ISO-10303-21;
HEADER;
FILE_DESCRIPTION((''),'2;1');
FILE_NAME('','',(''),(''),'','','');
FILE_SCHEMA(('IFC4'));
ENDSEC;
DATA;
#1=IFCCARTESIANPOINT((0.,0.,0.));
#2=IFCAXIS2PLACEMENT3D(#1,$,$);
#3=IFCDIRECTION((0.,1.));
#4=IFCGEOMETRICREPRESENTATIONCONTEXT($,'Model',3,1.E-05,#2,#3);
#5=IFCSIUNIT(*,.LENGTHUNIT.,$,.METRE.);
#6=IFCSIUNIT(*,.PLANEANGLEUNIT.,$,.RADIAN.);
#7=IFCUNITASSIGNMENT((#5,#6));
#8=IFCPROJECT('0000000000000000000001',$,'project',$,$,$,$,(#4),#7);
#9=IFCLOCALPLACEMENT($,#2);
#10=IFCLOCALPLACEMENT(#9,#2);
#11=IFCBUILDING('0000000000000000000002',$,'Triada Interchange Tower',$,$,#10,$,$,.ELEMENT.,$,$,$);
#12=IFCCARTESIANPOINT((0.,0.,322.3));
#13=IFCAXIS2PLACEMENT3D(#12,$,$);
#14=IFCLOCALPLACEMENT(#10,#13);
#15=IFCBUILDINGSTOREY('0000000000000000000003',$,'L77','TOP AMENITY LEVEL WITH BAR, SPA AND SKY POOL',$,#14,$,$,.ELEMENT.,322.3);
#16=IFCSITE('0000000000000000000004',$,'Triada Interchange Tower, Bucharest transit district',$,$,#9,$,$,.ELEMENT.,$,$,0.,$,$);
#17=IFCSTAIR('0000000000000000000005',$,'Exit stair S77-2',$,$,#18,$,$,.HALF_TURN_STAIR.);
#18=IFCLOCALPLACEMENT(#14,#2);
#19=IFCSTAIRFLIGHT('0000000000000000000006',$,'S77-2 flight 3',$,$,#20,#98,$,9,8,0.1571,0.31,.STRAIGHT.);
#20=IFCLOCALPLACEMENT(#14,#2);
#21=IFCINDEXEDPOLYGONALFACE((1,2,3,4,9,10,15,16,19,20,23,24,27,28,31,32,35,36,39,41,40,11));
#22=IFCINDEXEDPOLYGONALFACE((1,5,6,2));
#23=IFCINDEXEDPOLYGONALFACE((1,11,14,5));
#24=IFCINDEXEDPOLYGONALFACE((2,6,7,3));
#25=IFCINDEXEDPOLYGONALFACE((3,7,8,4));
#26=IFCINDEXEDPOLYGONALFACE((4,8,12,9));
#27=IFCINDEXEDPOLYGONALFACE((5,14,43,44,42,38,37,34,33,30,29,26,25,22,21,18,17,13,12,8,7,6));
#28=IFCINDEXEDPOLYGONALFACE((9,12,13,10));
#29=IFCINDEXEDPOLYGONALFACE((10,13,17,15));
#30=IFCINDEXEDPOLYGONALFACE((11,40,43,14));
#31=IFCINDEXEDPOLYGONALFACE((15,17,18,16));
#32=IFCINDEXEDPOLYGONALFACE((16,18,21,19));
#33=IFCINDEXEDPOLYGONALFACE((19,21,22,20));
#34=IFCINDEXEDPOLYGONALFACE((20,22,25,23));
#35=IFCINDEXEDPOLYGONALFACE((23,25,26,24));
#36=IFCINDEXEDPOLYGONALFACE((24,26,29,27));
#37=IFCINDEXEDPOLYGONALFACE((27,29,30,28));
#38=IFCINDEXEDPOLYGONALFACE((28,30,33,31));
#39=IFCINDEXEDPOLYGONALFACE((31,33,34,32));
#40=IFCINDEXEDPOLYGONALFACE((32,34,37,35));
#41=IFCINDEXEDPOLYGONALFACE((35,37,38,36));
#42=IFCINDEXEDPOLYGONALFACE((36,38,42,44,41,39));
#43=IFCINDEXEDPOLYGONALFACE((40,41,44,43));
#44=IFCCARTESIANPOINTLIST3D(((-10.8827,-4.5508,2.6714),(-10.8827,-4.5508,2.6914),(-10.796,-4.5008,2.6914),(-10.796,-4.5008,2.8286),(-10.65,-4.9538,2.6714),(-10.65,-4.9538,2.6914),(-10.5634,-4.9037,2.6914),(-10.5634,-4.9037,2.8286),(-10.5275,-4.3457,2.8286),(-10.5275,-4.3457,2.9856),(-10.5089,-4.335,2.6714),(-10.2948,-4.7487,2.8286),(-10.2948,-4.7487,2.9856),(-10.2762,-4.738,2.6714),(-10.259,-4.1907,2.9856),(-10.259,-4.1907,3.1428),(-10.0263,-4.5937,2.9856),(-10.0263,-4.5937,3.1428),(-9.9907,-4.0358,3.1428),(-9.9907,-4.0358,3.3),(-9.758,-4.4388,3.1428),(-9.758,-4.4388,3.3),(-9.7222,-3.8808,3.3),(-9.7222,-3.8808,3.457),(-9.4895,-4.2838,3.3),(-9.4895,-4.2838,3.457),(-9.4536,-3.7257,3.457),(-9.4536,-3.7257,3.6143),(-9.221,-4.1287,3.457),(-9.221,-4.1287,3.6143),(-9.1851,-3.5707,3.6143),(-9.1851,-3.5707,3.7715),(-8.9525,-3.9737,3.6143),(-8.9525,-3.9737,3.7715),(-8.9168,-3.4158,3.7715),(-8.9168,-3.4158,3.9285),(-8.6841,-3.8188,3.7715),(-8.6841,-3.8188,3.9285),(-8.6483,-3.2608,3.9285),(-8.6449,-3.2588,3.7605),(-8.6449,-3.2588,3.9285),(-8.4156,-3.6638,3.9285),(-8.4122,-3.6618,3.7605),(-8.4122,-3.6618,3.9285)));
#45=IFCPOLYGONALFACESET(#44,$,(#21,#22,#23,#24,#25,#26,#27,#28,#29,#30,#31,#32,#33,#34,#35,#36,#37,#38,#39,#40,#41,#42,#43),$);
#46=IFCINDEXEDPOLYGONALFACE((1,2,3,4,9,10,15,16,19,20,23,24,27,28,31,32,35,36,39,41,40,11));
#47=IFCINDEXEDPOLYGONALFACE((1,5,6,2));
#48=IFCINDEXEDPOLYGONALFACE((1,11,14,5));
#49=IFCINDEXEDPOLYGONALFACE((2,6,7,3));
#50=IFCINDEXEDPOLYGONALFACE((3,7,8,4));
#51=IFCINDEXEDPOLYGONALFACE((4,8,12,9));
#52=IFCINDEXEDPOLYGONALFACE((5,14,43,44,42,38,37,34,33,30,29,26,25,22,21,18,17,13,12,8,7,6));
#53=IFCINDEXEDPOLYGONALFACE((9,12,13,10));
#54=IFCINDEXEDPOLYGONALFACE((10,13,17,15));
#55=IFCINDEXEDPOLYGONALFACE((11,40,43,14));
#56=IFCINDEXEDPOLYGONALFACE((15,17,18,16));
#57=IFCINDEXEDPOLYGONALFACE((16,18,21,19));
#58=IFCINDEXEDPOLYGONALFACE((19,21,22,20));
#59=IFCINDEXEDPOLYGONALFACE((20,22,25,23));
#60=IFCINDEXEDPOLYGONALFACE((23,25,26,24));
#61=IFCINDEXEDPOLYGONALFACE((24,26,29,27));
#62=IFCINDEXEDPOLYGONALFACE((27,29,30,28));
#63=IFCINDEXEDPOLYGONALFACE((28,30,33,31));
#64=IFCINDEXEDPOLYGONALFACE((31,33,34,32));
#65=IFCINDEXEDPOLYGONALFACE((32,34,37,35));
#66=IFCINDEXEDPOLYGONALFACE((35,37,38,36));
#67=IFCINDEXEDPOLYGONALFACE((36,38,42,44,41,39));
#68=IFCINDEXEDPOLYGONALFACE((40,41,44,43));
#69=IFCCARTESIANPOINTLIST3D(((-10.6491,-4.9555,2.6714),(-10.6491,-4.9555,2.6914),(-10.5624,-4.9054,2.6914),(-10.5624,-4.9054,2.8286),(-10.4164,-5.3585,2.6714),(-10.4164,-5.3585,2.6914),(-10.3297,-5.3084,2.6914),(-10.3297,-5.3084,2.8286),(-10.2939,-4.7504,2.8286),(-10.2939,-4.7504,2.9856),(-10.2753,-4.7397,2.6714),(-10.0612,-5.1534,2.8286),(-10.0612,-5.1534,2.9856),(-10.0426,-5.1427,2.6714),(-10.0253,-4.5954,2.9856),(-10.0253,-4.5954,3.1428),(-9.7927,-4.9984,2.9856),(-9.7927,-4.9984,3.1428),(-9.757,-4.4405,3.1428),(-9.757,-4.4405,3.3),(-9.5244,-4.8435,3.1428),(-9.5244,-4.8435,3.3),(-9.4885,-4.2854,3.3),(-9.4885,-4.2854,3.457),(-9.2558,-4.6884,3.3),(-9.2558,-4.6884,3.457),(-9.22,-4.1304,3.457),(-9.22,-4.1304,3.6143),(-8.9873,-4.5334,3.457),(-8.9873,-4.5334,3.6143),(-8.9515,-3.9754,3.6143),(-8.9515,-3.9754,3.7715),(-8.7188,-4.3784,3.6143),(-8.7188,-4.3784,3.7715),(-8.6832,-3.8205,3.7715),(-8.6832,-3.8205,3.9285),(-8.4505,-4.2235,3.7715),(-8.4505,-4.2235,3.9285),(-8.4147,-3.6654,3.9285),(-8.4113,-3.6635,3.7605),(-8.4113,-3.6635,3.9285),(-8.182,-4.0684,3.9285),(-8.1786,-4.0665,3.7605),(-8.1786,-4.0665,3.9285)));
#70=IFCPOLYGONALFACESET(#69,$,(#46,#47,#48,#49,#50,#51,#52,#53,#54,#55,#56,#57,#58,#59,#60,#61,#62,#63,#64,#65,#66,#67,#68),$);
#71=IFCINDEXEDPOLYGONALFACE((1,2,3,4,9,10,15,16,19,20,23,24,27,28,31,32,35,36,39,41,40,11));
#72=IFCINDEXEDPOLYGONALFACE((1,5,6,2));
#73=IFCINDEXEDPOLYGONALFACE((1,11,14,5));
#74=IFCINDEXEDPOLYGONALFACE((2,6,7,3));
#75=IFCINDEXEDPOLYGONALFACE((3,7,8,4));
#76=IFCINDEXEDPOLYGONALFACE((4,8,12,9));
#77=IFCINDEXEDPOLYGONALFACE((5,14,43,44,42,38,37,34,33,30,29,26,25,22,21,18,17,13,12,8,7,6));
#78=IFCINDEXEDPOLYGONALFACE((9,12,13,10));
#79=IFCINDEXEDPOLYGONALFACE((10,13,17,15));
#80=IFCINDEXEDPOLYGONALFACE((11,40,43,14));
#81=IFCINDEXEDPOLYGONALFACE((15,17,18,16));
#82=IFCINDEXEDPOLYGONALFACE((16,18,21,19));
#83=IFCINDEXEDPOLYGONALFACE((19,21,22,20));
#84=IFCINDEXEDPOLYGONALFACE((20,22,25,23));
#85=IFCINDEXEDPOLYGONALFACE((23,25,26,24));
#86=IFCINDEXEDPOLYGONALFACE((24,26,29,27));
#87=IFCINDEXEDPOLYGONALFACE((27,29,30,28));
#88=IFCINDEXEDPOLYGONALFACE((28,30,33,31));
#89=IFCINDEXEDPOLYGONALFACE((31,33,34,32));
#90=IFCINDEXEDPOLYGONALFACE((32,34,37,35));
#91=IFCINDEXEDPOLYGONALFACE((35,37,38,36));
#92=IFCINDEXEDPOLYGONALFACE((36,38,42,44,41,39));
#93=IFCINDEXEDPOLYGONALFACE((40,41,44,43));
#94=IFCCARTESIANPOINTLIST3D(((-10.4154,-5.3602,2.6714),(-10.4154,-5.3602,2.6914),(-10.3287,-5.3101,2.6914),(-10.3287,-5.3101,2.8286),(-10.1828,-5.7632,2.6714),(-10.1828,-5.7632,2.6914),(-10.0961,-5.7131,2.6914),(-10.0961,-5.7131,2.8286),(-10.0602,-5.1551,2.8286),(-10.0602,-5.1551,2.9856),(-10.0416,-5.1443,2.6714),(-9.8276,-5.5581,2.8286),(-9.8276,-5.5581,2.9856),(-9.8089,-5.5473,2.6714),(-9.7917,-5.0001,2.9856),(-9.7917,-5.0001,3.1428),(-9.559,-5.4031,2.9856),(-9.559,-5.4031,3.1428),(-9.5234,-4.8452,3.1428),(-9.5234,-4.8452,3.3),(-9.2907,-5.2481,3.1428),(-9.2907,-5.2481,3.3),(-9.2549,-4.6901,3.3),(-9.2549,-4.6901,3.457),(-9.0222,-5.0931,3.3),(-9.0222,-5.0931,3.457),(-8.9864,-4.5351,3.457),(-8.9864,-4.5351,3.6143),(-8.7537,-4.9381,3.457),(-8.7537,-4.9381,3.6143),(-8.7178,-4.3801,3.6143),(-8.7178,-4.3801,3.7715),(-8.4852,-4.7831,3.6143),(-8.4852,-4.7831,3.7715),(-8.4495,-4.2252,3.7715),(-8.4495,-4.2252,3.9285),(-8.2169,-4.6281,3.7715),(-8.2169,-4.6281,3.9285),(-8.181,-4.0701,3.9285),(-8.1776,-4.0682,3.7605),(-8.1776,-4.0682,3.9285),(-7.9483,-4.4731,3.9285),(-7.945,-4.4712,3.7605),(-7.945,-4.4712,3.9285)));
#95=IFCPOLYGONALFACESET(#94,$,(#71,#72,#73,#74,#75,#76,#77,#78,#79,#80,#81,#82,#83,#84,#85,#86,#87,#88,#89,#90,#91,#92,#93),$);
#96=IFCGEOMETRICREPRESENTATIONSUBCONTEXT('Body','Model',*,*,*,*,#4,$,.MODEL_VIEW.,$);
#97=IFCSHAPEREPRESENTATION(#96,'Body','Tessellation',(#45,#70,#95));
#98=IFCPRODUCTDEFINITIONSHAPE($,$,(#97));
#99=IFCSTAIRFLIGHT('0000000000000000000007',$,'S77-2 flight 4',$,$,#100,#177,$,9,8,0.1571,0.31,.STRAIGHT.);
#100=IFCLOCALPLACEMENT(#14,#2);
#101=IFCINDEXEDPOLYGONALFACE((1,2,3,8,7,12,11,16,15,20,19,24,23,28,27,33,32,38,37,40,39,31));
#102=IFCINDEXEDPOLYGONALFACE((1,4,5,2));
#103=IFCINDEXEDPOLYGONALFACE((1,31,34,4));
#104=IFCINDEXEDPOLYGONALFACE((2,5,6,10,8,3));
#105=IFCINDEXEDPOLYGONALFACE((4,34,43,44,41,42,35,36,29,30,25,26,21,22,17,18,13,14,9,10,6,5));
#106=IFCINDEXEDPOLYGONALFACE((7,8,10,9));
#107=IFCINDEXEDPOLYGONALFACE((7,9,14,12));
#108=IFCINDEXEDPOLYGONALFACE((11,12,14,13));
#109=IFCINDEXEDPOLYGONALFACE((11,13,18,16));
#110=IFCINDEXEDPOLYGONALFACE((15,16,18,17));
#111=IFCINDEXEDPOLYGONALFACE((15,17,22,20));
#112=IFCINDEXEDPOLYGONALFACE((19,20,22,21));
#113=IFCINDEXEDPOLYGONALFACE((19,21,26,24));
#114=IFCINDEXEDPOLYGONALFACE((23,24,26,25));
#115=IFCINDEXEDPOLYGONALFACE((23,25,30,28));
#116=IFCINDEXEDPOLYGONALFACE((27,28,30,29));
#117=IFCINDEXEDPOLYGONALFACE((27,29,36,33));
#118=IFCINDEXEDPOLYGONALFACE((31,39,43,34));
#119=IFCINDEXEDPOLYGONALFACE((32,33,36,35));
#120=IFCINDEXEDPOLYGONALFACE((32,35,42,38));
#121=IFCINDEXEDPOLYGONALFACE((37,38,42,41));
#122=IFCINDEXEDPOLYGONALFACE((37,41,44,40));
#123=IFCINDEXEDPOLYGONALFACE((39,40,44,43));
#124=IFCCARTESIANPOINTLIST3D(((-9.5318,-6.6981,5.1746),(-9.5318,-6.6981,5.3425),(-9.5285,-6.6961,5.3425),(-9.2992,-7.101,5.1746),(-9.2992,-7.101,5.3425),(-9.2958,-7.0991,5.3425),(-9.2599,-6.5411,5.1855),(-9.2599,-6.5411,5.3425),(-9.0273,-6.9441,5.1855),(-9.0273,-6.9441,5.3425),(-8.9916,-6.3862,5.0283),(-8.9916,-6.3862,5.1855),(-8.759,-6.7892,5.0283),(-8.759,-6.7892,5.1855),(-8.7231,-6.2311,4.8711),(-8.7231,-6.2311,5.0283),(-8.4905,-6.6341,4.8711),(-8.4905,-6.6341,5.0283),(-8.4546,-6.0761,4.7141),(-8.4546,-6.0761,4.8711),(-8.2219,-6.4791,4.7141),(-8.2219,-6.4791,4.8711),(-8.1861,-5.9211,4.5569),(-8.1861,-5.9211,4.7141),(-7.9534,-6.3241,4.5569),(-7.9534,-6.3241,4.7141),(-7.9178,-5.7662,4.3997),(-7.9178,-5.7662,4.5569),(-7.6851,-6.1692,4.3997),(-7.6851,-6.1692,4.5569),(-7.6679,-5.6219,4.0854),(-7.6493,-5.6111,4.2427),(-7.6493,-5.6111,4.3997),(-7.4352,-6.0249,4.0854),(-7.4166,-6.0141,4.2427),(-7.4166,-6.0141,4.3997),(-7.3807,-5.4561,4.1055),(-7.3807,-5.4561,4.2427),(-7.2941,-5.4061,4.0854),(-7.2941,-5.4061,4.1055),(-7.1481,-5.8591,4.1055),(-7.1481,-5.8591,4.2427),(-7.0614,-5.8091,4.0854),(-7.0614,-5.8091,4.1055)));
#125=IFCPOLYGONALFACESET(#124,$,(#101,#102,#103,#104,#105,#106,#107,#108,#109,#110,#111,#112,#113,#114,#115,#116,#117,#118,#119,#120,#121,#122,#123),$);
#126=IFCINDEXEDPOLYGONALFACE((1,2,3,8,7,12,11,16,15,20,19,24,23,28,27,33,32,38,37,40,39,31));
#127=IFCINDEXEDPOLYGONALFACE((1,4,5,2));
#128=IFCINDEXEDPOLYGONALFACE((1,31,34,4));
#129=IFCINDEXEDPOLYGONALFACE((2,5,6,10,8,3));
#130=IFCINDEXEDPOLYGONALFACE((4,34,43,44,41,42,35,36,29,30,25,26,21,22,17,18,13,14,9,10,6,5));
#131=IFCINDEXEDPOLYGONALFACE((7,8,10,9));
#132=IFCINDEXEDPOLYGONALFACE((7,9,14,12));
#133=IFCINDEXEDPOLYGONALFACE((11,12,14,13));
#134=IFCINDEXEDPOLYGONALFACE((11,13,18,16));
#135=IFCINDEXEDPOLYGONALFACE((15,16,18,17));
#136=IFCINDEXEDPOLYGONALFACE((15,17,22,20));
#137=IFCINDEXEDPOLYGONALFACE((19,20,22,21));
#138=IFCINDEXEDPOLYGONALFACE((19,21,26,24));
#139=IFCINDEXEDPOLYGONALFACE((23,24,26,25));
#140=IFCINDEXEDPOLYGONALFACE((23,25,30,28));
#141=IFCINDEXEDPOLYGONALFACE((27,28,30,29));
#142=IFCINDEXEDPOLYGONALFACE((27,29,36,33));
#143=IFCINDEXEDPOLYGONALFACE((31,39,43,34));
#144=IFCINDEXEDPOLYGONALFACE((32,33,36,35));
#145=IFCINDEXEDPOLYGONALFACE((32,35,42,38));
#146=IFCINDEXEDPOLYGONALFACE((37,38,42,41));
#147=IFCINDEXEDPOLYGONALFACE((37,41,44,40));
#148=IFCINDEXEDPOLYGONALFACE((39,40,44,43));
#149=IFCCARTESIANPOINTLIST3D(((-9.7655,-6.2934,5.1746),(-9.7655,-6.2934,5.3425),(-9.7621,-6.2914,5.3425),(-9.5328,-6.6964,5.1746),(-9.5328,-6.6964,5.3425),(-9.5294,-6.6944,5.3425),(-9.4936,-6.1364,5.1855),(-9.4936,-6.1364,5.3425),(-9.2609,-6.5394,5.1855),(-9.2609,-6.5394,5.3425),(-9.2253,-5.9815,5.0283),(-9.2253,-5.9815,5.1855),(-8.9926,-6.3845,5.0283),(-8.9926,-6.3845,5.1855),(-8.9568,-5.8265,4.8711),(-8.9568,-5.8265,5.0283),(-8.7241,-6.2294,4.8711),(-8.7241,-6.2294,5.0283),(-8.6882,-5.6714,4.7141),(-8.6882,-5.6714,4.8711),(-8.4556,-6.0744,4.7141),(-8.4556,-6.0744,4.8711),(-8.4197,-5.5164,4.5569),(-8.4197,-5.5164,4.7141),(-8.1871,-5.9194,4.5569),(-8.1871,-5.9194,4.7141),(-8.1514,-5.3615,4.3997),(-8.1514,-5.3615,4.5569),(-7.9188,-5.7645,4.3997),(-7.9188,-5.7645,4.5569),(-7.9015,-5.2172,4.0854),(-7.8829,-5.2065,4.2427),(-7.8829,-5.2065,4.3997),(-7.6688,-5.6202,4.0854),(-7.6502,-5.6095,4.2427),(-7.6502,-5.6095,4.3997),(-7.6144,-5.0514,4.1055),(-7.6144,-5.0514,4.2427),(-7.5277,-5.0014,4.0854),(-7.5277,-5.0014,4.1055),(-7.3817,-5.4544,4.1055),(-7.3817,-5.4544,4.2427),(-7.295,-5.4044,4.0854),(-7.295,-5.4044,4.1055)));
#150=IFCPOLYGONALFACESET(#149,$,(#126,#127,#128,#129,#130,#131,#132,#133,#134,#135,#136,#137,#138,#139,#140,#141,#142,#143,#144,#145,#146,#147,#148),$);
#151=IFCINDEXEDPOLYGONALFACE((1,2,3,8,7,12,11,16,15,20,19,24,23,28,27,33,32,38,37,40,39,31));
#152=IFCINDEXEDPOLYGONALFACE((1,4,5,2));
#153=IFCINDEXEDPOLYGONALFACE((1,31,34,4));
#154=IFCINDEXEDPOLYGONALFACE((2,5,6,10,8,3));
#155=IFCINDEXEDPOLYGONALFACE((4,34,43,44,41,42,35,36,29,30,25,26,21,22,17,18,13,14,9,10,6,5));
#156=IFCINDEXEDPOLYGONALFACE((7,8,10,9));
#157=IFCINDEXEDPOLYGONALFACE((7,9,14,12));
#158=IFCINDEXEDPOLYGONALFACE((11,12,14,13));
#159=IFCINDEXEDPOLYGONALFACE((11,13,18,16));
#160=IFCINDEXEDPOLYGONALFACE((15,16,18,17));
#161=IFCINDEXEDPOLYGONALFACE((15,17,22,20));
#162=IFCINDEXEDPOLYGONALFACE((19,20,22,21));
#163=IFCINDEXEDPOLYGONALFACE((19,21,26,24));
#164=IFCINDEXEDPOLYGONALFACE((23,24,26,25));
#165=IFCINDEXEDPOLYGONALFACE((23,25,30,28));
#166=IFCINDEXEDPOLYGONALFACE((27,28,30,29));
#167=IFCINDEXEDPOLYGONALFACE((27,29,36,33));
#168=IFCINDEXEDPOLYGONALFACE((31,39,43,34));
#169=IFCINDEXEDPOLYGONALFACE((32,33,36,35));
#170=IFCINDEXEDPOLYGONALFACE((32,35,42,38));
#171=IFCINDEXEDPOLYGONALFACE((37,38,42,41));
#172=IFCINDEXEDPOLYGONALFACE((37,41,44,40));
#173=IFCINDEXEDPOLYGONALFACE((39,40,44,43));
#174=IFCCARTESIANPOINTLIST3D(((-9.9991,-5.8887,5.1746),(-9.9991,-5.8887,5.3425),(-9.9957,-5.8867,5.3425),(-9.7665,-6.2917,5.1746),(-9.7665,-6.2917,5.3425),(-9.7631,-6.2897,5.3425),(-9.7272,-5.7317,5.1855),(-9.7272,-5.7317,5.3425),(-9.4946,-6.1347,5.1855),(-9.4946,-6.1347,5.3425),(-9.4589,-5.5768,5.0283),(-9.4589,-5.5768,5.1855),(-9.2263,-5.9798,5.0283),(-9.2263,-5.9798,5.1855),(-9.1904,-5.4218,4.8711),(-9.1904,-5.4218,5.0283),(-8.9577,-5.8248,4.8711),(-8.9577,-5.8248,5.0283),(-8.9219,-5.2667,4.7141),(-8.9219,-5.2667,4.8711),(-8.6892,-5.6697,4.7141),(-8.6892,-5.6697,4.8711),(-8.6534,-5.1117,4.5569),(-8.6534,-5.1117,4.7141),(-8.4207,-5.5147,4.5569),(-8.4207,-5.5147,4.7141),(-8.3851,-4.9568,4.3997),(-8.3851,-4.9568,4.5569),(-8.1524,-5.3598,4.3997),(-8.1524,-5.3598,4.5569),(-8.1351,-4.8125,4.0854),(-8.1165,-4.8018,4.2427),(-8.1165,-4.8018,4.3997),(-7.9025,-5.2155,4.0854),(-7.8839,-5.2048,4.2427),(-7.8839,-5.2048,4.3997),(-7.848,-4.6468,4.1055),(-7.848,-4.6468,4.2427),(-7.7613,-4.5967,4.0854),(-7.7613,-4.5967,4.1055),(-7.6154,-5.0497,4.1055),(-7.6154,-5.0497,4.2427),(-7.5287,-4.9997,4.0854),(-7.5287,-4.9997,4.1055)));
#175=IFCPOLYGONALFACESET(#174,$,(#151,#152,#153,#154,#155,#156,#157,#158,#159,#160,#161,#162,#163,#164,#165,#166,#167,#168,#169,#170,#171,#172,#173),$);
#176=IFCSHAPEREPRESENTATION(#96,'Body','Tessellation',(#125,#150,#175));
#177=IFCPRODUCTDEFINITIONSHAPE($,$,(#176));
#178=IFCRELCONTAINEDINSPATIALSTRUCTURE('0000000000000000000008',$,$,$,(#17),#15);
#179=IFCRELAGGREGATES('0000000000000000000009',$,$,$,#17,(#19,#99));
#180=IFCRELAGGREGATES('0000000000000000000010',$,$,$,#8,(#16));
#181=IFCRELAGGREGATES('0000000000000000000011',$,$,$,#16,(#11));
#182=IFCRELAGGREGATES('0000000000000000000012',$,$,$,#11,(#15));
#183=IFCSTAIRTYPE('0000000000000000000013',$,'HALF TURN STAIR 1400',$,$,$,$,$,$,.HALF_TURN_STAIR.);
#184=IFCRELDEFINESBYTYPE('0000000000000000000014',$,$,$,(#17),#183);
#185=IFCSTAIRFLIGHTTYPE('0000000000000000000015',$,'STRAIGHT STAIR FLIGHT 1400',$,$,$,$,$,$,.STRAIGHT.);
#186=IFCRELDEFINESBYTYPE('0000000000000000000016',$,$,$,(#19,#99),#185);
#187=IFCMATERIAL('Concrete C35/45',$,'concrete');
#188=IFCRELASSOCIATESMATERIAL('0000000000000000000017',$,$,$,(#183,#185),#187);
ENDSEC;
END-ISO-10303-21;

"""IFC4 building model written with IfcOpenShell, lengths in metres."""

from ifc_helpers import new_model, si_unit, direction, frame, origin, place, context, subcontext, project, spatial, polyline, outline, extrude, material, type_object, element, aggregate, save


model = new_model("IFC4")

# Units and contexts
model_context = context("Model", 3, precision=1e-05, world=origin(), true_north=direction((0.0, 1.0)))
body_context = subcontext(model_context, "Body", "Model", "MODEL_VIEW")
ifc_project = project(units=[si_unit("LENGTHUNIT", "METRE"), si_unit("PLANEANGLEUNIT", "RADIAN")], contexts=[model_context])

# Site, building, storey
site_placement = place(None, origin())
site = spatial("IfcSite", under=ifc_project, at=site_placement, Name="Triada Interchange Tower, Bucharest transit district", CompositionType="ELEMENT", RefElevation=0.0)
building_placement = place(site_placement, origin())
building = spatial("IfcBuilding", under=site, at=building_placement, Name="Triada Interchange Tower", CompositionType="ELEMENT")
storey_placement = place(building_placement, frame((0.0, 0.0, 322.3)))
storey = spatial("IfcBuildingStorey", under=building, at=storey_placement, Name="L77", Description="TOP AMENITY LEVEL WITH BAR, SPA AND SKY POOL", CompositionType="ELEMENT", Elevation=322.3)

# Shared definitions
ifc_material_1 = material(Name="Concrete C35/45", Category="concrete")

# Stair, stair flights
stair_type = type_object("IfcStairType", Name="HALF TURN STAIR 1400", PredefinedType="HALF_TURN_STAIR", material=ifc_material_1)
stair_placement = place(storey_placement, origin())
stair = element("IfcStair", 1, at=stair_placement, inside=storey, type_object=stair_type, Name="Exit stair S77-2", PredefinedType="HALF_TURN_STAIR")
stair_flight_type = type_object("IfcStairFlightType", Name="STRAIGHT STAIR FLIGHT 1400", PredefinedType="STRAIGHT", material=ifc_material_1)
stair_flight_1_placement = place(storey_placement, frame((-10.446, -5.1069, 2.6714), z_axis=(0.0, 0.0, 1.0), x_axis=(0.866025, 0.5, 0.0)))
stair_flight_1 = element("IfcStairFlight", 2, at=stair_flight_1_placement, type_object=stair_flight_type, Name="S77-2 flight 3", NumberOfRisers=9, NumberOfTreads=8, PredefinedType="STRAIGHT", RiserHeight=0.1571, TreadLength=0.31, context=body_context, shape_type="SweptSolid", body=[
    extrude(outline(polyline([(-0.1001, 0.0), (-0.1001, 0.02), (0.0, 0.02), (0.0, 0.1572), (0.3101, 0.1572), (0.3101, 0.3142), (0.6201, 0.3142), (0.6201, 0.4714), (0.9299, 0.4714), (0.9299, 0.6287), (1.24, 0.6287), (1.24, 0.7856), (1.55, 0.7856), (1.55, 0.9429), (1.8601, 0.9429), (1.8601, 1.1001), (2.1699, 1.1001), (2.1699, 1.2571), (2.48, 1.2571), (2.4839, 1.2571), (2.4839, 1.4143), (2.4839, 1.0891), (0.3315, 0.0), (-0.1001, 0.0)])), frame((0.0, 0.7, 0.0), z_axis=(0.0, -1.0, 0.0), x_axis=(1.0, 0.0, 0.0)), (0.0, 0.0, 1.0), 0.4653),
    extrude(outline(polyline([(-0.1001, 0.0), (-0.1001, 0.02), (0.0, 0.02), (0.0, 0.1572), (0.3101, 0.1572), (0.3101, 0.3142), (0.6201, 0.3142), (0.6201, 0.4714), (0.9299, 0.4714), (0.9299, 0.6287), (1.24, 0.6287), (1.24, 0.7856), (1.55, 0.7856), (1.55, 0.9429), (1.8601, 0.9429), (1.8601, 1.1001), (2.1699, 1.1001), (2.1699, 1.2571), (2.48, 1.2571), (2.4839, 1.2571), (2.4839, 1.4143), (2.4839, 1.0891), (0.3315, 0.0), (-0.1001, 0.0)])), frame((0.0, 0.2327, 0.0), z_axis=(0.0, -1.0, 0.0), x_axis=(1.0, 0.0, 0.0)), (0.0, 0.0, 1.0), 0.4653),
    extrude(outline(polyline([(-0.1001, 0.0), (-0.1001, 0.02), (0.0, 0.02), (0.0, 0.1572), (0.3101, 0.1572), (0.3101, 0.3142), (0.6201, 0.3142), (0.6201, 0.4714), (0.9299, 0.4714), (0.9299, 0.6287), (1.24, 0.6287), (1.24, 0.7856), (1.55, 0.7856), (1.55, 0.9429), (1.8601, 0.9429), (1.8601, 1.1001), (2.1699, 1.1001), (2.1699, 1.2571), (2.48, 1.2571), (2.4839, 1.2571), (2.4839, 1.4143), (2.4839, 1.0891), (0.3315, 0.0), (-0.1001, 0.0)])), frame((0.0, -0.2346, 0.0), z_axis=(0.0, -1.0, 0.0), x_axis=(1.0, 0.0, 0.0)), (0.0, 0.0, 1.0), 0.4653),
])
stair_flight_2_placement = place(storey_placement, frame((-7.498, -5.2529, 4.0854), z_axis=(0.0, 0.0, 1.0), x_axis=(-0.866025, -0.5, 0.0)))
stair_flight_2 = element("IfcStairFlight", 3, at=stair_flight_2_placement, type_object=stair_flight_type, Name="S77-2 flight 4", NumberOfRisers=9, NumberOfTreads=8, PredefinedType="STRAIGHT", RiserHeight=0.1571, TreadLength=0.31, context=body_context, shape_type="SweptSolid", body=[
    extrude(outline(polyline([(-0.1001, 0.0), (-0.1001, 0.02), (0.0, 0.02), (0.0, 0.1572), (0.3101, 0.1572), (0.3101, 0.3142), (0.6201, 0.3142), (0.6201, 0.4714), (0.9299, 0.4714), (0.9299, 0.6287), (1.24, 0.6287), (1.24, 0.7856), (1.55, 0.7856), (1.55, 0.9429), (1.8601, 0.9429), (1.8601, 1.1001), (2.1699, 1.1001), (2.1699, 1.2571), (2.48, 1.2571), (2.4839, 1.2571), (2.4839, 1.4143), (2.4839, 1.0891), (0.3315, 0.0), (-0.1001, 0.0)])), frame((0.0, 0.7, 0.0), z_axis=(0.0, -1.0, 0.0), x_axis=(1.0, 0.0, 0.0)), (0.0, 0.0, 1.0), 0.4653),
    extrude(outline(polyline([(-0.1001, 0.0), (-0.1001, 0.02), (0.0, 0.02), (0.0, 0.1572), (0.3101, 0.1572), (0.3101, 0.3142), (0.6201, 0.3142), (0.6201, 0.4714), (0.9299, 0.4714), (0.9299, 0.6287), (1.24, 0.6287), (1.24, 0.7856), (1.55, 0.7856), (1.55, 0.9429), (1.8601, 0.9429), (1.8601, 1.1001), (2.1699, 1.1001), (2.1699, 1.2571), (2.48, 1.2571), (2.4839, 1.2571), (2.4839, 1.4143), (2.4839, 1.0891), (0.3315, 0.0), (-0.1001, 0.0)])), frame((0.0, 0.2327, 0.0), z_axis=(0.0, -1.0, 0.0), x_axis=(1.0, 0.0, 0.0)), (0.0, 0.0, 1.0), 0.4653),
    extrude(outline(polyline([(-0.1001, 0.0), (-0.1001, 0.02), (0.0, 0.02), (0.0, 0.1572), (0.3101, 0.1572), (0.3101, 0.3142), (0.6201, 0.3142), (0.6201, 0.4714), (0.9299, 0.4714), (0.9299, 0.6287), (1.24, 0.6287), (1.24, 0.7856), (1.55, 0.7856), (1.55, 0.9429), (1.8601, 0.9429), (1.8601, 1.1001), (2.1699, 1.1001), (2.1699, 1.2571), (2.48, 1.2571), (2.4839, 1.2571), (2.4839, 1.4143), (2.4839, 1.0891), (0.3315, 0.0), (-0.1001, 0.0)])), frame((0.0, -0.2346, 0.0), z_axis=(0.0, -1.0, 0.0), x_axis=(1.0, 0.0, 0.0)), (0.0, 0.0, 1.0), 0.4653),
])
aggregate(stair, [stair_flight_1, stair_flight_2])

save(model, "model.ifc")
